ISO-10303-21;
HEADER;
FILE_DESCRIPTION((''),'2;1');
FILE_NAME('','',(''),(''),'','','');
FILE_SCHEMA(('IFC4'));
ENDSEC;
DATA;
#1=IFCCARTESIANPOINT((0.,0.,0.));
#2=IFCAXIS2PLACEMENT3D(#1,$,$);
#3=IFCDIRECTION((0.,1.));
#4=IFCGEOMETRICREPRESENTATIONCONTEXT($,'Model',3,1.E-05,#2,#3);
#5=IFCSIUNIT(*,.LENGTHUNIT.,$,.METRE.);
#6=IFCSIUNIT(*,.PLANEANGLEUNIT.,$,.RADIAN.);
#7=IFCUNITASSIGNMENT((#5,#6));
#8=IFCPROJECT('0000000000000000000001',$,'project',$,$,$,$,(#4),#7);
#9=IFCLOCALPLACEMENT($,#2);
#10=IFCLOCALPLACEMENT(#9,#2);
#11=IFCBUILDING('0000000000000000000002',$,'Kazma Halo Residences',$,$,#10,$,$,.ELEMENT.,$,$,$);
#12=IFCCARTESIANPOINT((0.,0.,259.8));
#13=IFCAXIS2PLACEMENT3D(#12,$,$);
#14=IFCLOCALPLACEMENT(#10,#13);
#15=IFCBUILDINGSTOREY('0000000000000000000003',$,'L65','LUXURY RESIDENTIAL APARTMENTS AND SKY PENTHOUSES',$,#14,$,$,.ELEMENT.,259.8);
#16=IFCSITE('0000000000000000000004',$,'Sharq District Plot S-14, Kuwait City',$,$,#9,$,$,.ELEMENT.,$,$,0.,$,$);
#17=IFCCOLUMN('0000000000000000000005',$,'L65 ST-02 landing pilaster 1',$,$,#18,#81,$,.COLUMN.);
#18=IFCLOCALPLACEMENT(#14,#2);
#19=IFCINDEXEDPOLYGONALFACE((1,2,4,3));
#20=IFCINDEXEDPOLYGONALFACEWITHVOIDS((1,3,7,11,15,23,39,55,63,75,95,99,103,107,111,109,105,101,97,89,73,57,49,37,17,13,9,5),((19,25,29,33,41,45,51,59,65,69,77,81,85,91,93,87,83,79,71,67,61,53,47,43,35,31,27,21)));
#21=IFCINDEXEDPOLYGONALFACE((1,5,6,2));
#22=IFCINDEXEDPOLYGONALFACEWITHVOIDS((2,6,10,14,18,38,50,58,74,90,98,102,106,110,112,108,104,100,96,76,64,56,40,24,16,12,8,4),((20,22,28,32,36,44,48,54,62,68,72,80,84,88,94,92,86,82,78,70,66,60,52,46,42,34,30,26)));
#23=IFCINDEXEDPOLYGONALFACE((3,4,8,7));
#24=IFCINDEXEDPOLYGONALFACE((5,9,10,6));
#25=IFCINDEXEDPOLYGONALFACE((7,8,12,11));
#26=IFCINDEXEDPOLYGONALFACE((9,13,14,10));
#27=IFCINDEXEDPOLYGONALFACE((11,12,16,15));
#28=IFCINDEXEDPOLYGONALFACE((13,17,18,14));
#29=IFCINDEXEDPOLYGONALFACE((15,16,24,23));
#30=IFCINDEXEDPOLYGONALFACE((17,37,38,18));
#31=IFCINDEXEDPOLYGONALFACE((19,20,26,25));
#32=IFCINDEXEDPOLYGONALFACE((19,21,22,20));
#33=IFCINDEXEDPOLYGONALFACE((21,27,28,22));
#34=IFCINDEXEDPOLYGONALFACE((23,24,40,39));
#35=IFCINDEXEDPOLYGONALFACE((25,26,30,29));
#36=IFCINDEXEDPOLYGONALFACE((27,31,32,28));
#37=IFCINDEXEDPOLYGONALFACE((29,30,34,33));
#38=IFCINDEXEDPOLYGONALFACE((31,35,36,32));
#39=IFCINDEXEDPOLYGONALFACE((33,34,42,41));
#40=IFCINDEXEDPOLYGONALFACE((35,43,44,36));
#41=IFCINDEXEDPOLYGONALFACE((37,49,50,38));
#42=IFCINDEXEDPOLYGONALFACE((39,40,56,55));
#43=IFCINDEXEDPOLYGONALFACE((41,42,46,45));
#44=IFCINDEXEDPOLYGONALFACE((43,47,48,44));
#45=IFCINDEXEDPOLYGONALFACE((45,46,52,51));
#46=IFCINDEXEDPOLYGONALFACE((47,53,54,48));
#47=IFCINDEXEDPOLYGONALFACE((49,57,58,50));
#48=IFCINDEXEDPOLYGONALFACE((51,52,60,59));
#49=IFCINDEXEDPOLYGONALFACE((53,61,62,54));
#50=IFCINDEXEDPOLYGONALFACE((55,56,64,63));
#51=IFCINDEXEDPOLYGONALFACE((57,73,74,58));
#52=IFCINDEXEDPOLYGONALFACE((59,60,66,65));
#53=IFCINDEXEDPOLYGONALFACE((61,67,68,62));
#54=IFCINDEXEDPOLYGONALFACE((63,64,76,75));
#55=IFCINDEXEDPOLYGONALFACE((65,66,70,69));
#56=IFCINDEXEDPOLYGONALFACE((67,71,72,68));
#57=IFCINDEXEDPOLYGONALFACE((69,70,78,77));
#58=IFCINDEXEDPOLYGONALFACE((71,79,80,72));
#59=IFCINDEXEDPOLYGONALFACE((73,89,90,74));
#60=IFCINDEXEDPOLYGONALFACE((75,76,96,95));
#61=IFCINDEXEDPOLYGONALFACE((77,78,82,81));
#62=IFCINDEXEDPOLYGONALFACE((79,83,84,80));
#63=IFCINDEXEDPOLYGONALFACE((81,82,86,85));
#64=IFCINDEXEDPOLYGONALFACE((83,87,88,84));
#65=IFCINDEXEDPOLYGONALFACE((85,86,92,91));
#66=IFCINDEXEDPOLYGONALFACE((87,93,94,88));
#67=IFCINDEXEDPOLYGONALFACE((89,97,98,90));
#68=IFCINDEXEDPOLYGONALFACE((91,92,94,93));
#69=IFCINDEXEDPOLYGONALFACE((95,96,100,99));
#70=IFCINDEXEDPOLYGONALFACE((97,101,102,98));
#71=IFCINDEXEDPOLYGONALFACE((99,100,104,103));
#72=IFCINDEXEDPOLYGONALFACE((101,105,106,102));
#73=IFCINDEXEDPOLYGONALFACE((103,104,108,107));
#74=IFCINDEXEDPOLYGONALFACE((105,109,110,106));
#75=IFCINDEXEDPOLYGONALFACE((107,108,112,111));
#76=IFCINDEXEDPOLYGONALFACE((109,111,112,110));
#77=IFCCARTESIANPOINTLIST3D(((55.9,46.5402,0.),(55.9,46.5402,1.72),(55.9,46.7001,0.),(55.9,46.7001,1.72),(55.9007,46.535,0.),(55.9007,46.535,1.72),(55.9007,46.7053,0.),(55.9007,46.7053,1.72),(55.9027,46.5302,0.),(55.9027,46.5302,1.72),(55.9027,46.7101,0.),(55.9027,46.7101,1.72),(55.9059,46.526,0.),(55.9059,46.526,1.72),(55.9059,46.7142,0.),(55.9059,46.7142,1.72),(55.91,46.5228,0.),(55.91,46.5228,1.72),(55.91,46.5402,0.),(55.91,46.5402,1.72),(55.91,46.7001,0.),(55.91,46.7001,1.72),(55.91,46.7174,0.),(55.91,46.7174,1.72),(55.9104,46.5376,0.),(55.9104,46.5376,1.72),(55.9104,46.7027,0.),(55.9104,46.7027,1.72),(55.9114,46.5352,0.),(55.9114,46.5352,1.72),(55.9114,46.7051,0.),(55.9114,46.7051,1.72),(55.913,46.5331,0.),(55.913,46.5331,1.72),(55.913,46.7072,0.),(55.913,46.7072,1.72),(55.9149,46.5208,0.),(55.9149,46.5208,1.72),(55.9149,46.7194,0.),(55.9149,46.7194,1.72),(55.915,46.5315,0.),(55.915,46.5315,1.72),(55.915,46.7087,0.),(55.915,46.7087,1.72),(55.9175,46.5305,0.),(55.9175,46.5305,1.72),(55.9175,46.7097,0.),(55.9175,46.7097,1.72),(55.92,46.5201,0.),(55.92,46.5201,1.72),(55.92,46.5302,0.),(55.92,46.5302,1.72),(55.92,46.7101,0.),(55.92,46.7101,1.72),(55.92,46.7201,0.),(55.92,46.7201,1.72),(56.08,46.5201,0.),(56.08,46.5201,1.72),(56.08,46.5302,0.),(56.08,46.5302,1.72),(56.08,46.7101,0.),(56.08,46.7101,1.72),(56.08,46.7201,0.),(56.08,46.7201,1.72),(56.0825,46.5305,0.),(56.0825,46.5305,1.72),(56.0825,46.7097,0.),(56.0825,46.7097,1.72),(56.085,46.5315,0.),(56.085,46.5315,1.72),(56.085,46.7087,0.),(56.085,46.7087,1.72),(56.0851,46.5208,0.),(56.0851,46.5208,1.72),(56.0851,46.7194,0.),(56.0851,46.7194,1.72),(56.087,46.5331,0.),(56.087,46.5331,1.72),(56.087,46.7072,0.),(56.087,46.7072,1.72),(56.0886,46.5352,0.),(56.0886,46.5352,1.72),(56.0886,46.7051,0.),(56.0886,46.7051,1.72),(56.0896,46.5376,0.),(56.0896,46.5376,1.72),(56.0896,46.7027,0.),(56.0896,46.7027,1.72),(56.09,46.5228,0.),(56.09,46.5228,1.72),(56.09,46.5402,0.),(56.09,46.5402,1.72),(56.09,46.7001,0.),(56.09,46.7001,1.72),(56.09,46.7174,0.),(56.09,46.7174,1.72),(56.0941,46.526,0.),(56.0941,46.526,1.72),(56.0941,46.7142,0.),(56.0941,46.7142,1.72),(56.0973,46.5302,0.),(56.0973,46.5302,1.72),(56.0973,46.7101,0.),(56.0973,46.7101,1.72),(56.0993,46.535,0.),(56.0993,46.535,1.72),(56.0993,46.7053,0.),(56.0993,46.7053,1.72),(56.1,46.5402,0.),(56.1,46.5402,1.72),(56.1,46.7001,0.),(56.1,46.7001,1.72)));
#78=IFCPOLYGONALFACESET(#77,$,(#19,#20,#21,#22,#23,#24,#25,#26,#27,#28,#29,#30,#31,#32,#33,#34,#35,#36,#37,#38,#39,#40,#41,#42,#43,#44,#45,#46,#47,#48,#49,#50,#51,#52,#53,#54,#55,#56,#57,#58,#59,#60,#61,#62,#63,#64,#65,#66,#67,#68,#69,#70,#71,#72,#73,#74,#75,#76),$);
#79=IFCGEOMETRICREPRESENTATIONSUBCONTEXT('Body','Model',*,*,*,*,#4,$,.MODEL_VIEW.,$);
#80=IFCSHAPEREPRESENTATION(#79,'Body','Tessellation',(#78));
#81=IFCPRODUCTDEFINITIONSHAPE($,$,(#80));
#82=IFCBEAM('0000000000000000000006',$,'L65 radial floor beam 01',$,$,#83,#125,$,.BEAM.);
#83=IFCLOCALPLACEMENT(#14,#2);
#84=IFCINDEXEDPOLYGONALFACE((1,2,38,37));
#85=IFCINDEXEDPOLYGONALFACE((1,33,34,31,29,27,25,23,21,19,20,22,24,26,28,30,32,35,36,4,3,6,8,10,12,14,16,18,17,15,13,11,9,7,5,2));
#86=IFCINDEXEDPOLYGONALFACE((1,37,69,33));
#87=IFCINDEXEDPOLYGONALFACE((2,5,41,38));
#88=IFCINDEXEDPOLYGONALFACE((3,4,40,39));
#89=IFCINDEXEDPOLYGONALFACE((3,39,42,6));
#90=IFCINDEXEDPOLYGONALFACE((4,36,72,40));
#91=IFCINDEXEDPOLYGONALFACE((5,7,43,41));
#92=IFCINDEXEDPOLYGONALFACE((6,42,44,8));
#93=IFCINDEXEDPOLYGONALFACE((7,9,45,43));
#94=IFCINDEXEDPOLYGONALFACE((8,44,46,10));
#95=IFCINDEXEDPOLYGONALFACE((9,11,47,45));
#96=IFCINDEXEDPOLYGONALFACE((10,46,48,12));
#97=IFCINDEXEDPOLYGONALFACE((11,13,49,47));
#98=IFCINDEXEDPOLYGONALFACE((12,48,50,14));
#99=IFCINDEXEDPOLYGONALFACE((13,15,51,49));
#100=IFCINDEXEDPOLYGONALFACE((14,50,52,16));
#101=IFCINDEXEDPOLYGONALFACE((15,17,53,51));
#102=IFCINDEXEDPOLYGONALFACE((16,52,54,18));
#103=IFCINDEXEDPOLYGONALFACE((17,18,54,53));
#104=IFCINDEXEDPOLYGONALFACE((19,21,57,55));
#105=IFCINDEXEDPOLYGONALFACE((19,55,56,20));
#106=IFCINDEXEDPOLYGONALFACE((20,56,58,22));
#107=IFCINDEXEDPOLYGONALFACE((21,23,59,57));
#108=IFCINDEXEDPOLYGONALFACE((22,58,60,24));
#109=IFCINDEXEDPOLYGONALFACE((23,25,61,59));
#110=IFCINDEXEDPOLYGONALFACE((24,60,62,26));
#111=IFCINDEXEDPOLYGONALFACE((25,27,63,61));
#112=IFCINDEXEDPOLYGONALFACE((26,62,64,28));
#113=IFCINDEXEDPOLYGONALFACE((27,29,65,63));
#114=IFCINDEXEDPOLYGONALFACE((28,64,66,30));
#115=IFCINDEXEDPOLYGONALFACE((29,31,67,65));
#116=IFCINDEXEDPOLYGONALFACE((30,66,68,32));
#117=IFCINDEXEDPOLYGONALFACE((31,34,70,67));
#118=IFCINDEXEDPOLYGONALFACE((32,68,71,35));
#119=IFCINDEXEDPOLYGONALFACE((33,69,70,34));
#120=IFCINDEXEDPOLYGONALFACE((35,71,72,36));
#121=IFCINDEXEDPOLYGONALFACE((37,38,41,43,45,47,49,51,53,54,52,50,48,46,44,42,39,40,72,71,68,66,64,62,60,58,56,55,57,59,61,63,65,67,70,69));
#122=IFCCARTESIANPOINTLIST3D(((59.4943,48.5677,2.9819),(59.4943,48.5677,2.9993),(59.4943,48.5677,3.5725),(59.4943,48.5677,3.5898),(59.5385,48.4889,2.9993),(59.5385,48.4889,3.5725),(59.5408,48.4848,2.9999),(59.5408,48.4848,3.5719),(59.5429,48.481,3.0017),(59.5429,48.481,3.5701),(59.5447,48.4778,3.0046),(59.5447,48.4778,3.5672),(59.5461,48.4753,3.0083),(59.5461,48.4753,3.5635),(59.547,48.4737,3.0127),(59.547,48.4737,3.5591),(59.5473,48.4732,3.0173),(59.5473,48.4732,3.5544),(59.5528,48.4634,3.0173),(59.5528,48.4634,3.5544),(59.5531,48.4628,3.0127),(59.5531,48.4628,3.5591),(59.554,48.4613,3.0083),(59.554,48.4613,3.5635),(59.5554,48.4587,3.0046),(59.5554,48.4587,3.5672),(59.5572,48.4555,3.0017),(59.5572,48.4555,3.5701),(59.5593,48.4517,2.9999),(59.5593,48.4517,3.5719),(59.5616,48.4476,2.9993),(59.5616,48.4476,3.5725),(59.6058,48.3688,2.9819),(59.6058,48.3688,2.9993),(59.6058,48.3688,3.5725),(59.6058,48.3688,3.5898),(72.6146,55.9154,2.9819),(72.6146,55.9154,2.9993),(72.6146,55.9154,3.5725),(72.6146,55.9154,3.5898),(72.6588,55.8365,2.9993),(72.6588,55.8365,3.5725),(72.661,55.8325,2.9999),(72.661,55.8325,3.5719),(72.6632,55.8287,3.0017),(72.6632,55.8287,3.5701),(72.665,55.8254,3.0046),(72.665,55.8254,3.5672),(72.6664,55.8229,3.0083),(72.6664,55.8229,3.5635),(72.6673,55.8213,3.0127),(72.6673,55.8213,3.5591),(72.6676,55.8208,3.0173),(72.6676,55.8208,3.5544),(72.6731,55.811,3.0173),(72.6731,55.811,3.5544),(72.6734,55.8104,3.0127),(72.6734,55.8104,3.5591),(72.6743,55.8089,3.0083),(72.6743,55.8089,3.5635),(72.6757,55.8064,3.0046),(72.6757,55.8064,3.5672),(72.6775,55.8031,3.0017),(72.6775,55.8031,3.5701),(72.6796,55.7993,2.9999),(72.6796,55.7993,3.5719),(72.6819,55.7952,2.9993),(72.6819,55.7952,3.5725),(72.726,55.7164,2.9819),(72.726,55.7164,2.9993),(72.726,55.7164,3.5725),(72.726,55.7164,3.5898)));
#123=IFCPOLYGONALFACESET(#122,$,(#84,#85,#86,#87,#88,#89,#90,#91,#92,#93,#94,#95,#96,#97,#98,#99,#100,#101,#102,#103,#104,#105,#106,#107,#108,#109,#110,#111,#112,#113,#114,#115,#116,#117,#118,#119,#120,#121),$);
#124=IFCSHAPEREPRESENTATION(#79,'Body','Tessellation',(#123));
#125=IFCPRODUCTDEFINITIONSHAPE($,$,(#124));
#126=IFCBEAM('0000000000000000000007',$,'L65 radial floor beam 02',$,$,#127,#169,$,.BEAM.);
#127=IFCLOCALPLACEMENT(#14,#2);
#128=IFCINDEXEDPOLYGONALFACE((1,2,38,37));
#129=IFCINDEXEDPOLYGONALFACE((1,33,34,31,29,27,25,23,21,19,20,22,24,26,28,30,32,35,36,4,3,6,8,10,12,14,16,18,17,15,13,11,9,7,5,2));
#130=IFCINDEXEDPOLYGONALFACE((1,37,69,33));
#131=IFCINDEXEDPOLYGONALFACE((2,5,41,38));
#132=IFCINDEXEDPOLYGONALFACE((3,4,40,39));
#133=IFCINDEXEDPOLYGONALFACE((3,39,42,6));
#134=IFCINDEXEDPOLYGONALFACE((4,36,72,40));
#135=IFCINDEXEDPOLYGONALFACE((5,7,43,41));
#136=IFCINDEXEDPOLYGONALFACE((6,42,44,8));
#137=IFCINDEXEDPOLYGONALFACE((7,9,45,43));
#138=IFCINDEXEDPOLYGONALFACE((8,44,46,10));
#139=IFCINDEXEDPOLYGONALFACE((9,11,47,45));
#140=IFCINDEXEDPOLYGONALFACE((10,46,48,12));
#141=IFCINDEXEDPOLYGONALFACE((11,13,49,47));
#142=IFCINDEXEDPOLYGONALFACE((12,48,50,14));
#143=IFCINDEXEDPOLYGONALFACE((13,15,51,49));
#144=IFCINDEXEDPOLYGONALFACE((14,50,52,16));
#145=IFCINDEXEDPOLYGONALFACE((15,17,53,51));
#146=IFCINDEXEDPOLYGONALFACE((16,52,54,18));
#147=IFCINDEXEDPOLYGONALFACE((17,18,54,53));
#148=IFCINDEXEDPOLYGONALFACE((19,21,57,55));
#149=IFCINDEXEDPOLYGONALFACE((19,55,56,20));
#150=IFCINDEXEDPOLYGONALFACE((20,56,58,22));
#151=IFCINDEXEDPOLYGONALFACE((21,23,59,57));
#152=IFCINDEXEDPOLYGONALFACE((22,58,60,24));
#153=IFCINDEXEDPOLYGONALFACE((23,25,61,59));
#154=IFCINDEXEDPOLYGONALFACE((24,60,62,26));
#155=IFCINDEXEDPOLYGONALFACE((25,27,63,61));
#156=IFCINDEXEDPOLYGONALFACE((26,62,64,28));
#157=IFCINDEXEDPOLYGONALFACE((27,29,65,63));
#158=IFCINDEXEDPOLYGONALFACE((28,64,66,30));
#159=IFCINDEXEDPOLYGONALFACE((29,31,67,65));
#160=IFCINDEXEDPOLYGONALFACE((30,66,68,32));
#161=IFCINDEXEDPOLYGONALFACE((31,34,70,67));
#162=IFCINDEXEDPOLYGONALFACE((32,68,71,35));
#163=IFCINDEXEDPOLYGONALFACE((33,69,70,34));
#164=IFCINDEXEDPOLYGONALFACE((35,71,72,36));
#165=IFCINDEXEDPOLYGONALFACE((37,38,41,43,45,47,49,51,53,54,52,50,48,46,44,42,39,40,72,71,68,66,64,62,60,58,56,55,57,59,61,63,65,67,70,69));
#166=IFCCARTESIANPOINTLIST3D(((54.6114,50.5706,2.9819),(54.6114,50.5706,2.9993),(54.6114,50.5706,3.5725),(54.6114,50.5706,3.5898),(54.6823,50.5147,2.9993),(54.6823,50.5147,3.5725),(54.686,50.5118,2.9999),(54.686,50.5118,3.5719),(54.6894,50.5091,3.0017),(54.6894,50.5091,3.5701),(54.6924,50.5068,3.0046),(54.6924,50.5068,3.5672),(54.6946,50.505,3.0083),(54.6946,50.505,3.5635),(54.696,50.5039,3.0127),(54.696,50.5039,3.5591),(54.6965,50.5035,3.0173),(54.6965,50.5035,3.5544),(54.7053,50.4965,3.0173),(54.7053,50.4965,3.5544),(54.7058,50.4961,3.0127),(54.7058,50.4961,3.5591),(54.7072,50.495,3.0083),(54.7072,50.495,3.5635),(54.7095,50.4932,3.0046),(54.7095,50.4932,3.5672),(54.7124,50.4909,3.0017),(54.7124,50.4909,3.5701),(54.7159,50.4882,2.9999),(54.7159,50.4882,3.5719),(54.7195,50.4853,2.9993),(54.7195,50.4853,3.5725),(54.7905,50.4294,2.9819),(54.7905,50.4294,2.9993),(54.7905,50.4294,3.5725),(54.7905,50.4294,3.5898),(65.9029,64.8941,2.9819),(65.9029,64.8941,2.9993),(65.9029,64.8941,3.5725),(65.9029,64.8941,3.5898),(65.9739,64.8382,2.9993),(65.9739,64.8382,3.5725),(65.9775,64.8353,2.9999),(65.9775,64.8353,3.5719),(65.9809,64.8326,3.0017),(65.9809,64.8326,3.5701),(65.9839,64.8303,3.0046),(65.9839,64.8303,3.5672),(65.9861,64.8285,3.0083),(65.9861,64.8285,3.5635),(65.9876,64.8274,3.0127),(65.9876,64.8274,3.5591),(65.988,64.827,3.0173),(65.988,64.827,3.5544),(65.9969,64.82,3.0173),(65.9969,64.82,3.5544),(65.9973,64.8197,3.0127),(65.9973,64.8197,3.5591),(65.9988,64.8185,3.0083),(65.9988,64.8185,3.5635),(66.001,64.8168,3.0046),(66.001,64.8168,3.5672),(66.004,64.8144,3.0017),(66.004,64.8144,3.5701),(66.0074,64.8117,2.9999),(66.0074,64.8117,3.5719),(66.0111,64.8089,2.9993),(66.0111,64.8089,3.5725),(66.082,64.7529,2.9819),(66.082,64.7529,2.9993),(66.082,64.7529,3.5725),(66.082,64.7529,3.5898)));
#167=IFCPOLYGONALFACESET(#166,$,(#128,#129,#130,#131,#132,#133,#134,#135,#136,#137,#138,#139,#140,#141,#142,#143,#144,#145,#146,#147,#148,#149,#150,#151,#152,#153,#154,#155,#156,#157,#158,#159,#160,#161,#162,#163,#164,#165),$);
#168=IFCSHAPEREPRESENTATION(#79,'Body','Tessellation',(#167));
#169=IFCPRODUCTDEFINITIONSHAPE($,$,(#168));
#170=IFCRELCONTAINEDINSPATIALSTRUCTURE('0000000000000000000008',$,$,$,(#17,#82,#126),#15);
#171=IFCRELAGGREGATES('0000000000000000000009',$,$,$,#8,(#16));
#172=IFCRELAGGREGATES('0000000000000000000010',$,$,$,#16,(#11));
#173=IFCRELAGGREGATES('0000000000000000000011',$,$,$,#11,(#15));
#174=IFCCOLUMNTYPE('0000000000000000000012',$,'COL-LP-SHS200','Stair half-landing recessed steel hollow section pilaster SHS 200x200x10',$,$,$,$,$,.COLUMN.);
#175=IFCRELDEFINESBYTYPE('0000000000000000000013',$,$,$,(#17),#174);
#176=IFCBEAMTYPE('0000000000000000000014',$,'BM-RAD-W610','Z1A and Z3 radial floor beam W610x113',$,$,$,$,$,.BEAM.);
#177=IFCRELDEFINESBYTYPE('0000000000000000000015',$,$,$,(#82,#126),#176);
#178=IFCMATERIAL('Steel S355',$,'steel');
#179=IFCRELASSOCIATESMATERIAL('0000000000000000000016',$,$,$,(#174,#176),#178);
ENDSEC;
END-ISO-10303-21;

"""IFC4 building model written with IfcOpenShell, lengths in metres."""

from ifc_helpers import new_model, si_unit, direction, frame, origin, origin_2d, place, context, subcontext, project, spatial, hollow_rectangle, i_section, extrude, material, material_profile, profile_set, type_object, element, save


model = new_model("IFC4")

# Units and contexts
model_context = context("Model", 3, precision=1e-05, world=origin(), true_north=direction((0.0, 1.0)))
body_context = subcontext(model_context, "Body", "Model", "MODEL_VIEW")
ifc_project = project(units=[si_unit("LENGTHUNIT", "METRE"), si_unit("PLANEANGLEUNIT", "RADIAN")], contexts=[model_context])

# Site, building, storey
site_placement = place(None, origin())
site = spatial("IfcSite", under=ifc_project, at=site_placement, Name="Sharq District Plot S-14, Kuwait City", CompositionType="ELEMENT", RefElevation=0.0)
building_placement = place(site_placement, origin())
building = spatial("IfcBuilding", under=site, at=building_placement, Name="Kazma Halo Residences", CompositionType="ELEMENT")
storey_placement = place(building_placement, frame((0.0, 0.0, 259.8)))
storey = spatial("IfcBuildingStorey", under=building, at=storey_placement, Name="L65", Description="LUXURY RESIDENTIAL APARTMENTS AND SKY PENTHOUSES", CompositionType="ELEMENT", Elevation=259.8)

# Column
ifc_material_1 = material(Name="Steel S355", Category="steel")
ifc_material_profile_1 = material_profile(ifc_material_1, hollow_rectangle(XDim=0.2, YDim=0.2, WallThickness=0.01, InnerFilletRadius=0.01, OuterFilletRadius=0.02, at=origin_2d()), Name="SHS200x200x10")
ifc_profile_set_1 = profile_set([ifc_material_profile_1], Name="Steel S355")
column_type = type_object("IfcColumnType", Name="COL-LP-SHS200", Description="Stair half-landing recessed steel hollow section pilaster SHS 200x200x10", PredefinedType="COLUMN", material=ifc_profile_set_1)
column_placement = place(storey_placement, frame((56.0, 46.6201, 0.0), z_axis=(0.0, 0.0, 1.0), x_axis=(1.0, 0.0, 0.0)))
element("IfcColumn", 1, at=column_placement, inside=storey, type_object=column_type, Name="L65 ST-02 landing pilaster 1", PredefinedType="COLUMN", context=body_context, shape_type="SweptSolid", body=[
    extrude(hollow_rectangle(XDim=0.2, YDim=0.2, WallThickness=0.01, InnerFilletRadius=0.01, OuterFilletRadius=0.02, at=origin_2d()), origin(), (0.0, 0.0, 1.0), 1.72),
])

# Beams
ifc_material_profile_2 = material_profile(ifc_material_1, i_section(OverallWidth=0.228, OverallDepth=0.6079, WebThickness=0.0112, FlangeThickness=0.0173, FilletRadius=0.0181, at=origin_2d()), Name="W610x113")
ifc_profile_set_2 = profile_set([ifc_material_profile_2], Name="Steel S355")
beam_type_1 = type_object("IfcBeamType", Name="BM-RAD-W610", Description="Z1A and Z3 radial floor beam W610x113", PredefinedType="BEAM", material=ifc_profile_set_2)
beam_1_placement = place(storey_placement, frame((59.55, 48.4683, 3.2859), z_axis=(0.872499, 0.488616, 0.0), x_axis=(-0.488616, 0.872499, 0.0)))
element("IfcBeam", 2, at=beam_1_placement, inside=storey, type_object=beam_type_1, Name="L65 radial floor beam 01", PredefinedType="BEAM", context=body_context, shape_type="SweptSolid", body=[
    extrude(i_section(OverallWidth=0.228, OverallDepth=0.6079, WebThickness=0.0112, FlangeThickness=0.0173, FilletRadius=0.0181, at=origin_2d()), origin(), (0.0, 0.0, 1.0), 15.0376),
])
beam_2_placement = place(storey_placement, frame((54.7009, 50.5, 3.2859), z_axis=(0.619086, 0.785323, 0.0), x_axis=(-0.785323, 0.619086, 0.0)))
element("IfcBeam", 3, at=beam_2_placement, inside=storey, type_object=beam_type_1, Name="L65 radial floor beam 02", PredefinedType="BEAM", context=body_context, shape_type="SweptSolid", body=[
    extrude(i_section(OverallWidth=0.228, OverallDepth=0.6079, WebThickness=0.0112, FlangeThickness=0.0173, FilletRadius=0.0181, at=origin_2d()), origin(), (0.0, 0.0, 1.0), 18.239),
])

save(model, "model.ifc")
